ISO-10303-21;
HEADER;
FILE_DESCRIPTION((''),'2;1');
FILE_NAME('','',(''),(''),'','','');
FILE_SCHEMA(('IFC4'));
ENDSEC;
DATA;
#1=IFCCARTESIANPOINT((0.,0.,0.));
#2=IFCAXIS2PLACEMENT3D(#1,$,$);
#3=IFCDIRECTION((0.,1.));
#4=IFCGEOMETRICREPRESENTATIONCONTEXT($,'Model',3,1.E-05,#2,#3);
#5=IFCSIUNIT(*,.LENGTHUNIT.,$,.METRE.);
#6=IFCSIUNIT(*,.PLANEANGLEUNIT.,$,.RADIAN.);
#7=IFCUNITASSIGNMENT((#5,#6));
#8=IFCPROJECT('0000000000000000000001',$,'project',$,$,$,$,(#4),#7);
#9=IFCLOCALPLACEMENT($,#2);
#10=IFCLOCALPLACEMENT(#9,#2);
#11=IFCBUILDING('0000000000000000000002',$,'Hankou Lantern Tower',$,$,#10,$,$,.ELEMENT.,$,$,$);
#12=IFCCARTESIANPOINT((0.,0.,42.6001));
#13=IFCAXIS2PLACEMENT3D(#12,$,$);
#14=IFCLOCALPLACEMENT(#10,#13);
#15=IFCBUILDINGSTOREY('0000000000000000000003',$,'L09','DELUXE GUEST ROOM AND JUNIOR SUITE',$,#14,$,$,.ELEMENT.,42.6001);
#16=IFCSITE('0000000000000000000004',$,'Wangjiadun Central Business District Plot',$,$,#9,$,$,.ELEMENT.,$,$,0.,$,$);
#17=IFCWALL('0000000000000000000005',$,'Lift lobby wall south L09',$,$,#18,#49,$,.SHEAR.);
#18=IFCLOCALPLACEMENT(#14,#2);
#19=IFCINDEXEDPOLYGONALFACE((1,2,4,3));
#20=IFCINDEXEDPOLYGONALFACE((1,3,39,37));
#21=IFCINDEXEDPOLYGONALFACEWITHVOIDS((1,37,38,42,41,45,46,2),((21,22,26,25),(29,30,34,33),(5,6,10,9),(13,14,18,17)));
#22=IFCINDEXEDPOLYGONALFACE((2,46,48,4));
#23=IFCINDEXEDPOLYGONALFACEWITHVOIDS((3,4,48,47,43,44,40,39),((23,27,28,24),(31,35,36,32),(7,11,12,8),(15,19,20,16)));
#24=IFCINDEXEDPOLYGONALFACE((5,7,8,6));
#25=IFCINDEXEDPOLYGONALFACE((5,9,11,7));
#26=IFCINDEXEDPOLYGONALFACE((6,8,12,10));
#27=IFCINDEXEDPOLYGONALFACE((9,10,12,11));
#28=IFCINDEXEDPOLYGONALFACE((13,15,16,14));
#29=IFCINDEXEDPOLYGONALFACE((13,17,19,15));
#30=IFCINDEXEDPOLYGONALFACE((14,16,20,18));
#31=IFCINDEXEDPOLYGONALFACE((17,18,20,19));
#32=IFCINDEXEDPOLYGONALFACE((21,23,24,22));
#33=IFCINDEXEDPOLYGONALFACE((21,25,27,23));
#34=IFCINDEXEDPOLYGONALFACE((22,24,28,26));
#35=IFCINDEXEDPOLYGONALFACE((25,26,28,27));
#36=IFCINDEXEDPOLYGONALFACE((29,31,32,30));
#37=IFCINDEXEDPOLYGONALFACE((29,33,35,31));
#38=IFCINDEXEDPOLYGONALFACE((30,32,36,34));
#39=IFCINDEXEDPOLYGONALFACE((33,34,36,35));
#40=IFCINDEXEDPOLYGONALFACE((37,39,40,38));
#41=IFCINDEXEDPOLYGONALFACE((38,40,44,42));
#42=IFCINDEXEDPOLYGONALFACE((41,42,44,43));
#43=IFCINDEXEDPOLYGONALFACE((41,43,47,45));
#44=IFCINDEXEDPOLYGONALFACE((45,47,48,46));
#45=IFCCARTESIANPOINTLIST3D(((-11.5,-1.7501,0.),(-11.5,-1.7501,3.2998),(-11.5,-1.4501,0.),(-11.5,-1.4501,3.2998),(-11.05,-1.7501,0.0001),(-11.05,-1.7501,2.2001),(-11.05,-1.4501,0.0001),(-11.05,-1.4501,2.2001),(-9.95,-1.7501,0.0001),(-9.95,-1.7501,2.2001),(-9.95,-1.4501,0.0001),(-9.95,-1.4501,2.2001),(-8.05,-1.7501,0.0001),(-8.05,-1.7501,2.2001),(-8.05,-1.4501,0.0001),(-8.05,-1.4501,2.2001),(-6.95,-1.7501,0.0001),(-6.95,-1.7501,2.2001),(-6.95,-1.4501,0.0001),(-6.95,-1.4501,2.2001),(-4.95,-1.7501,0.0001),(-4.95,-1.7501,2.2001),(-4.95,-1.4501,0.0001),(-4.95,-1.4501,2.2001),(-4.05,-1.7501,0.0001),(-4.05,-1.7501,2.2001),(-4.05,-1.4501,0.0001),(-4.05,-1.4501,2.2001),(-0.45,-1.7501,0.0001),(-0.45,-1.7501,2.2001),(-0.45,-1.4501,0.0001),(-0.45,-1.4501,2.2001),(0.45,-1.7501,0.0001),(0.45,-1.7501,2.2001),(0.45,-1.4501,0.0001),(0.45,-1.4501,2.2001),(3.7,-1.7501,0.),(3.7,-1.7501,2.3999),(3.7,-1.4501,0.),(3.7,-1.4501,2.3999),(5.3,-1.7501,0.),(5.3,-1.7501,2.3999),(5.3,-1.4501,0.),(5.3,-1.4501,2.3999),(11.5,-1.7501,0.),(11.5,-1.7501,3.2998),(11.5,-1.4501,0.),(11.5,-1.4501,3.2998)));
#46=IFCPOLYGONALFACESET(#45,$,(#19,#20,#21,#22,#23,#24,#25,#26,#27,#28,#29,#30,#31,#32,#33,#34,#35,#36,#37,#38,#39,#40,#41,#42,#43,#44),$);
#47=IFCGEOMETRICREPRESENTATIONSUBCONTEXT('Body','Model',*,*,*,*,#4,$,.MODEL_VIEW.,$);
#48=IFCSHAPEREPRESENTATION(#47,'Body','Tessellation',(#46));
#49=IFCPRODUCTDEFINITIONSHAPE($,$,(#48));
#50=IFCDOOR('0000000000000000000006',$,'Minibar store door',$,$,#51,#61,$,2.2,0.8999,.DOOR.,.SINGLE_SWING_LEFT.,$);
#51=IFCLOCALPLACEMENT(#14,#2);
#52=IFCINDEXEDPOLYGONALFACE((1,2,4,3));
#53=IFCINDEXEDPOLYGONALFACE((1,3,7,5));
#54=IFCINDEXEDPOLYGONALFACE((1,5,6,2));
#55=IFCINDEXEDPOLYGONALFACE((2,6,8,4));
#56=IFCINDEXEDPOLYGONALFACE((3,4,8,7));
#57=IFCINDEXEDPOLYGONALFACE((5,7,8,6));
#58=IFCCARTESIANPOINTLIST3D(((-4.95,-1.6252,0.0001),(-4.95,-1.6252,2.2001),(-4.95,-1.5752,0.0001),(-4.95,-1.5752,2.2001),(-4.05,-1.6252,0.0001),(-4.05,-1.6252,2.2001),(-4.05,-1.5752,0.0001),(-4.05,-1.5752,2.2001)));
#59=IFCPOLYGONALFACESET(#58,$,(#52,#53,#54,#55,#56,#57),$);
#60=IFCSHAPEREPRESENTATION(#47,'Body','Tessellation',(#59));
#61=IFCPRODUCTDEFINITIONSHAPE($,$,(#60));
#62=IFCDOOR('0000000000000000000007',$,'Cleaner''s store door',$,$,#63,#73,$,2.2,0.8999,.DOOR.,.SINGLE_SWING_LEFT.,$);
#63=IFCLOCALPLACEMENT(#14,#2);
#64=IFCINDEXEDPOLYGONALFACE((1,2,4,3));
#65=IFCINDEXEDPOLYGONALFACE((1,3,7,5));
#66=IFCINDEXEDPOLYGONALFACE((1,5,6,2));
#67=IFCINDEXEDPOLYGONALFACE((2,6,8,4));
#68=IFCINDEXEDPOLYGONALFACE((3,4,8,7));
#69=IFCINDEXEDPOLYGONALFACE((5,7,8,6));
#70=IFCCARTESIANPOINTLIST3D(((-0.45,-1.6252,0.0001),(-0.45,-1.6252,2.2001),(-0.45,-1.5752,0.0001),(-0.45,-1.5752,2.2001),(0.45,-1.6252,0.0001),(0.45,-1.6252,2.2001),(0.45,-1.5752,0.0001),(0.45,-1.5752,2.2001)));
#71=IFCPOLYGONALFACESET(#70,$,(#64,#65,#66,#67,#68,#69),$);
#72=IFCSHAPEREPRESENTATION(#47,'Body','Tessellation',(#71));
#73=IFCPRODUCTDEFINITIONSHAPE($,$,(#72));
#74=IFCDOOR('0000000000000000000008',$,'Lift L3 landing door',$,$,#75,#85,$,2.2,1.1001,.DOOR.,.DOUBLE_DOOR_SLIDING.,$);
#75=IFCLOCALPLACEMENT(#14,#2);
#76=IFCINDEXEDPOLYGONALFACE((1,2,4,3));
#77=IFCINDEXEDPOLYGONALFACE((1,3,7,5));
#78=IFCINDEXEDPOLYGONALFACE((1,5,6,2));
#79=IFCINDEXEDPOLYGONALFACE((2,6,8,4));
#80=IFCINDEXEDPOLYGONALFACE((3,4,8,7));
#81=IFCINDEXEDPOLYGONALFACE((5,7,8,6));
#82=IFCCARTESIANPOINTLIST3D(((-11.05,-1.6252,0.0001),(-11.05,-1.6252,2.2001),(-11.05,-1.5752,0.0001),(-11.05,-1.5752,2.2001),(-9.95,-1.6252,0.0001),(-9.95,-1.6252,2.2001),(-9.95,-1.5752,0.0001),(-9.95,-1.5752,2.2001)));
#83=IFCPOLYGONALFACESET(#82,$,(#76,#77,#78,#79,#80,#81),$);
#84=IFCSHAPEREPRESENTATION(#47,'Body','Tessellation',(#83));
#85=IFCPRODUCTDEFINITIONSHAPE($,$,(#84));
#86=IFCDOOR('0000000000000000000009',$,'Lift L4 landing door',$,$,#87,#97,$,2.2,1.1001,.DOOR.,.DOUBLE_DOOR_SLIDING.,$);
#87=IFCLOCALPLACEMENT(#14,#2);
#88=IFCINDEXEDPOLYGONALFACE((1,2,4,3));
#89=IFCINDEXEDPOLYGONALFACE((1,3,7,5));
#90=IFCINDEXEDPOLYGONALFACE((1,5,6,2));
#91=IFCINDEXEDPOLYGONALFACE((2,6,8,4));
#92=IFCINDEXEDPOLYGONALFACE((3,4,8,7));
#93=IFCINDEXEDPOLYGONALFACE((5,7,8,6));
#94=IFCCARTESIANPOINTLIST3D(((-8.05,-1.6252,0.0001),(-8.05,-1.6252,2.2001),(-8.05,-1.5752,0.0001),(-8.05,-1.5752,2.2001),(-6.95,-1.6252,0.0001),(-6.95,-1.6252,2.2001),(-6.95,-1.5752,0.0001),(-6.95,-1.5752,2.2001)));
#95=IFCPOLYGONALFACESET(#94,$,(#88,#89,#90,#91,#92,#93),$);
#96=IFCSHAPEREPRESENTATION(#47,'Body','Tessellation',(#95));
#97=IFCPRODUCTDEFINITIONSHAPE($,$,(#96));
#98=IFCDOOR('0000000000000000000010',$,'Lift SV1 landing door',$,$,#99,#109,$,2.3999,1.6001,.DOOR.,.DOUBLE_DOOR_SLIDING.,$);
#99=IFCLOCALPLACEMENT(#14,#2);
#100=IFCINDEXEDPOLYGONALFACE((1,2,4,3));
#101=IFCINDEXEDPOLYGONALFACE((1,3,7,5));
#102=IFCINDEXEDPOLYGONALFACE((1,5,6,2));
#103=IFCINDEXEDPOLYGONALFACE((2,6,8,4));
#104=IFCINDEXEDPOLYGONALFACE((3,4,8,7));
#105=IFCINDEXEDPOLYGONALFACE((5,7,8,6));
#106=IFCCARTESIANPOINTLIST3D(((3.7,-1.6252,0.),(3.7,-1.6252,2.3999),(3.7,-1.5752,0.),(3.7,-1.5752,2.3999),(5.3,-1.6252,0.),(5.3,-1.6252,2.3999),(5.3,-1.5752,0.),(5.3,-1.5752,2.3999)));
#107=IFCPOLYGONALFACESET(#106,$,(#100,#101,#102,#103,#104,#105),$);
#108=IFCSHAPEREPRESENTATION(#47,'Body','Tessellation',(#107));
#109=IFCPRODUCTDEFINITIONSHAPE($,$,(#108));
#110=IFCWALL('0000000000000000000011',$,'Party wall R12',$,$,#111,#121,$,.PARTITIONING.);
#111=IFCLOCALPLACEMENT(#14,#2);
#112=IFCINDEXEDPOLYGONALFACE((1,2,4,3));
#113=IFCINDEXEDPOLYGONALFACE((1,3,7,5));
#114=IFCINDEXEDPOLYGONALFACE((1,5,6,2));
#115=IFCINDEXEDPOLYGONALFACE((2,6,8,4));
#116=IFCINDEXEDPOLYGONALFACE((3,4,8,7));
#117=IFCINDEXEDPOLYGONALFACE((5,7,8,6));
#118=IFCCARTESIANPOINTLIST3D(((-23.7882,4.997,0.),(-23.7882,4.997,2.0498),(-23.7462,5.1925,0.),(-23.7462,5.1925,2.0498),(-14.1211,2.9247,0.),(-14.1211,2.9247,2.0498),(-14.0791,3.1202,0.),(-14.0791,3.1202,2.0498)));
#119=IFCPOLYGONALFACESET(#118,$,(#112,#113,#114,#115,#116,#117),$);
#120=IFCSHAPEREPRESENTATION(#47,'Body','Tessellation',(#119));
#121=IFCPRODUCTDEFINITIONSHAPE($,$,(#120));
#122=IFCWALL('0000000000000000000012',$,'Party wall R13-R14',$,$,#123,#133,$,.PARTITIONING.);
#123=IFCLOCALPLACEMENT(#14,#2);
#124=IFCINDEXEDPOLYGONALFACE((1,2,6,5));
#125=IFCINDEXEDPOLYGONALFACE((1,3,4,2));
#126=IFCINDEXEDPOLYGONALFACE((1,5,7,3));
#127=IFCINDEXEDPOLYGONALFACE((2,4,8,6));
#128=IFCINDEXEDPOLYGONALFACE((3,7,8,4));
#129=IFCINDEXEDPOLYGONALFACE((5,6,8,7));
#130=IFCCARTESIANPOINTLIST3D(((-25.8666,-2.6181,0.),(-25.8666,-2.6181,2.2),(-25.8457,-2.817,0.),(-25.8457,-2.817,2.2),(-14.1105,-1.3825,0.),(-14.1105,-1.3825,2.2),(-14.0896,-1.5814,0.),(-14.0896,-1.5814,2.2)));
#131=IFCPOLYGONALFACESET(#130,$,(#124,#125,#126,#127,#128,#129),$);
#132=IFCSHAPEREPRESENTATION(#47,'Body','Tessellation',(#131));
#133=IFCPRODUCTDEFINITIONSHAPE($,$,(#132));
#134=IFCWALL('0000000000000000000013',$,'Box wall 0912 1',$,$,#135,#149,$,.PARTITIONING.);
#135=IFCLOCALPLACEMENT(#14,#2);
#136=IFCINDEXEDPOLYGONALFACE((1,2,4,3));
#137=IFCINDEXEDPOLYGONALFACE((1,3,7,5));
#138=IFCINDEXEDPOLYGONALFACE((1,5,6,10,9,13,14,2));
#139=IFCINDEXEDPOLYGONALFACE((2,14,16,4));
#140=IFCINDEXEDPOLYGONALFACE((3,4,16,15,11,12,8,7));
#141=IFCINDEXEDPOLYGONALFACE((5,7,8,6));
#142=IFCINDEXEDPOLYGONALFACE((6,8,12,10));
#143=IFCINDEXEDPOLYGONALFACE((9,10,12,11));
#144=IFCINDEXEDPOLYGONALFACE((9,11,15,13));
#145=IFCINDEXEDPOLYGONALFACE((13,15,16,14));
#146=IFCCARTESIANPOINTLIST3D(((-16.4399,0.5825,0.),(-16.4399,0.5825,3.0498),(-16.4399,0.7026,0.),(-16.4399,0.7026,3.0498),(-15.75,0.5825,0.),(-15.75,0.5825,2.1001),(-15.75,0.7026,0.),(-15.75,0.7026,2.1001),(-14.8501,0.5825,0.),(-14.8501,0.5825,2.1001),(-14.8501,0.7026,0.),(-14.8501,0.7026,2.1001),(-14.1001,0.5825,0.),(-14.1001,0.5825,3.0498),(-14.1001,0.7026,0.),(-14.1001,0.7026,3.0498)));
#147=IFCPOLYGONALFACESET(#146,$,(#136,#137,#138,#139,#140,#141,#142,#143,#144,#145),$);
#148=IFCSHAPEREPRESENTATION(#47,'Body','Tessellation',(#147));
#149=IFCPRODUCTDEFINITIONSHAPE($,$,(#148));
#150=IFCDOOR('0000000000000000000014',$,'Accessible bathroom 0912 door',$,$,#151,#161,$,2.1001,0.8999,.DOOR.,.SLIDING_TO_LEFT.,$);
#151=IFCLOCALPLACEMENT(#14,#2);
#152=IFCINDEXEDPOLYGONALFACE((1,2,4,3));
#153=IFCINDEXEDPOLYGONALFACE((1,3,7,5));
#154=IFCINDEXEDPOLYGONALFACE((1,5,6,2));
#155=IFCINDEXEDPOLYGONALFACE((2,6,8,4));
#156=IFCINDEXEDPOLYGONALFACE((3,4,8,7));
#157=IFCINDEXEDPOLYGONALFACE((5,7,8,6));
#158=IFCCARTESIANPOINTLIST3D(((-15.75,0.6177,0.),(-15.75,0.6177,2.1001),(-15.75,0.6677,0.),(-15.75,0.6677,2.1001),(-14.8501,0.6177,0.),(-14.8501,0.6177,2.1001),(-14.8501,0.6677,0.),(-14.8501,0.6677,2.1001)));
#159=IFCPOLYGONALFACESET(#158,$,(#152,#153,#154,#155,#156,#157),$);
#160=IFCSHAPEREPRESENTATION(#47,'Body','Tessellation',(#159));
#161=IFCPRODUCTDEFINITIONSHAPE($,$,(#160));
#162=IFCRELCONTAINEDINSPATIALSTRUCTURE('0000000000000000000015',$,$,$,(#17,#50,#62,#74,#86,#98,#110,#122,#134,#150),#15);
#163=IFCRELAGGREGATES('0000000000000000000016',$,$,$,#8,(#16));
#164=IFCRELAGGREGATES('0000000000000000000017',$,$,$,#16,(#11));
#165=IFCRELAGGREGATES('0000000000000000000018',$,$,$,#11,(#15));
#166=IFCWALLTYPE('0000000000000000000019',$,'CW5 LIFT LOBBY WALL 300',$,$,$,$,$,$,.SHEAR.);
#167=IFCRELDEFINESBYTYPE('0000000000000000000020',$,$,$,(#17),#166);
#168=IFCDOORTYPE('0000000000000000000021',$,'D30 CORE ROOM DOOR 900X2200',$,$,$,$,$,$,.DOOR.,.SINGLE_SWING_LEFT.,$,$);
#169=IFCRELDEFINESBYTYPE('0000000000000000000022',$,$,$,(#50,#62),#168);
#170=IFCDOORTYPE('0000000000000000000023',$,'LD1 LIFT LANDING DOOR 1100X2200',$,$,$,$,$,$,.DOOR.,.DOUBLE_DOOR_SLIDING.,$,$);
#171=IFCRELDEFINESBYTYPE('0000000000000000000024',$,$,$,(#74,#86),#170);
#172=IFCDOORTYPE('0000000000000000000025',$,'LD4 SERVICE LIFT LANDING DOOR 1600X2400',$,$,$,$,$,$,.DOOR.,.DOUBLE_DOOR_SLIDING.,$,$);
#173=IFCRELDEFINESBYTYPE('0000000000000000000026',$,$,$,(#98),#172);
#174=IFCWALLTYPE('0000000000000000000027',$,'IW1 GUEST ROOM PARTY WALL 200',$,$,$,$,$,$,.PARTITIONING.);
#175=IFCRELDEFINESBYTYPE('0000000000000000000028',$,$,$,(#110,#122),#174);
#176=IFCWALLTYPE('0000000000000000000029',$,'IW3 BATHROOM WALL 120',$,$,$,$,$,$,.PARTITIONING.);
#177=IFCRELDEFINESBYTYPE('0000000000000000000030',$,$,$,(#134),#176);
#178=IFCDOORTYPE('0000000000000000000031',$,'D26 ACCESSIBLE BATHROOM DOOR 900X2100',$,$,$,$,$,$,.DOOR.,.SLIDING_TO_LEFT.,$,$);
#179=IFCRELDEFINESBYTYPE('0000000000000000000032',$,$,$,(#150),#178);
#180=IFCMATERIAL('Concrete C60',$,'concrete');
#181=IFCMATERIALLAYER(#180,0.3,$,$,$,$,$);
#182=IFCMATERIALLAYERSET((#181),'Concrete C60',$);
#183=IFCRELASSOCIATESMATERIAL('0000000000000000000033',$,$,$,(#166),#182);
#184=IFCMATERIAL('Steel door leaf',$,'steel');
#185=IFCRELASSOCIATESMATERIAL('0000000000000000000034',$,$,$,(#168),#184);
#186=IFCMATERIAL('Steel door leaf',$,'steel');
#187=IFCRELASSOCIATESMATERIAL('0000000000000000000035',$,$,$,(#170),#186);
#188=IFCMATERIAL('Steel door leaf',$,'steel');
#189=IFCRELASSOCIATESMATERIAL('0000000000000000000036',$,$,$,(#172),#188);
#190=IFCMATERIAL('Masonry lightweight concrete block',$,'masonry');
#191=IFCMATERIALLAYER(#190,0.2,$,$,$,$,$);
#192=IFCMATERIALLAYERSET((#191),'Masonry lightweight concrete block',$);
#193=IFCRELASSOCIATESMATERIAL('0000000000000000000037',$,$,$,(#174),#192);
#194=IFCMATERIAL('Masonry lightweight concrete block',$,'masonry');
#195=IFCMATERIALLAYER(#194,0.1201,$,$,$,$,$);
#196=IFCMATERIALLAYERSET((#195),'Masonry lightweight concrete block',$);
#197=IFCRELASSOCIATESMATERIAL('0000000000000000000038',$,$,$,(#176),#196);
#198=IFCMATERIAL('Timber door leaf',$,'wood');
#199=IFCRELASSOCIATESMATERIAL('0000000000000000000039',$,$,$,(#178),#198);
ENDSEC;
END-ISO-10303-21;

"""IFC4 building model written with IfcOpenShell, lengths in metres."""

from ifc_helpers import new_model, si_unit, direction, frame, frame_2d, origin, place, context, subcontext, project, spatial, rectangle, extrude, material, layer, layer_set, type_object, element, fill, save


model = new_model("IFC4")

# Units and contexts
model_context = context("Model", 3, precision=1e-05, world=origin(), true_north=direction((0.0, 1.0)))
body_context = subcontext(model_context, "Body", "Model", "MODEL_VIEW")
ifc_project = project(units=[si_unit("LENGTHUNIT", "METRE"), si_unit("PLANEANGLEUNIT", "RADIAN")], contexts=[model_context])

# Site, building, storey
site_placement = place(None, origin())
site = spatial("IfcSite", under=ifc_project, at=site_placement, Name="Wangjiadun Central Business District Plot", CompositionType="ELEMENT", RefElevation=0.0)
building_placement = place(site_placement, origin())
building = spatial("IfcBuilding", under=site, at=building_placement, Name="Hankou Lantern Tower", CompositionType="ELEMENT")
storey_placement = place(building_placement, frame((0.0, 0.0, 42.6001)))
storey = spatial("IfcBuildingStorey", under=building, at=storey_placement, Name="L09", Description="DELUXE GUEST ROOM AND JUNIOR SUITE", CompositionType="ELEMENT", Elevation=42.6001)

# Wall, openings, doors
ifc_material_1 = material(Name="Concrete C60", Category="concrete")
ifc_layer_1 = layer(ifc_material_1, 0.3)
ifc_layer_set_1 = layer_set([ifc_layer_1], Name="Concrete C60")
wall_type_1 = type_object("IfcWallType", Name="CW5 LIFT LOBBY WALL 300", PredefinedType="SHEAR", material=ifc_layer_set_1)
ifc_material_2 = material(Name="Steel door leaf", Category="steel")
door_type_1 = type_object("IfcDoorType", Name="D30 CORE ROOM DOOR 900X2200", OperationType="SINGLE_SWING_LEFT", PredefinedType="DOOR", material=ifc_material_2)
ifc_material_3 = material(Name="Steel door leaf", Category="steel")
door_type_2 = type_object("IfcDoorType", Name="LD1 LIFT LANDING DOOR 1100X2200", OperationType="DOUBLE_DOOR_SLIDING", PredefinedType="DOOR", material=ifc_material_3)
wall_1_placement = place(storey_placement, frame((-11.5, -1.6001, 0.0), z_axis=(0.0, 0.0, 1.0), x_axis=(1.0, 0.0, 0.0)))
wall_1 = element("IfcWall", 1, at=wall_1_placement, inside=storey, type_object=wall_type_1, Name="Lift lobby wall south L09", PredefinedType="SHEAR", context=body_context, shape_type="SweptSolid", body=[
    extrude(rectangle(XDim=23.0, YDim=0.3, at=frame_2d((11.5, 0.0))), origin(), (0.0, 0.0, 1.0), 3.2998),
])
opening_1_placement = place(wall_1_placement, frame((0.45, 0.0, 0.0)))
opening_1 = element("IfcOpeningElement", 2, at=opening_1_placement, cuts=wall_1, PredefinedType="OPENING", context=body_context, shape_type="SweptSolid", body=[
    extrude(rectangle(XDim=1.1001, YDim=2.2, at=frame_2d((0.55, 1.1001))), frame((0.0, 0.1599, 0.0), z_axis=(0.0, -1.0, 0.0), x_axis=(1.0, 0.0, 0.0)), (0.0, 0.0, 1.0), 0.3201),
])
opening_2_placement = place(wall_1_placement, frame((3.45, 0.0, 0.0)))
opening_2 = element("IfcOpeningElement", 3, at=opening_2_placement, cuts=wall_1, PredefinedType="OPENING", context=body_context, shape_type="SweptSolid", body=[
    extrude(rectangle(XDim=1.1001, YDim=2.2, at=frame_2d((0.55, 1.1001))), frame((0.0, 0.1599, 0.0), z_axis=(0.0, -1.0, 0.0), x_axis=(1.0, 0.0, 0.0)), (0.0, 0.0, 1.0), 0.3201),
])
opening_3_placement = place(wall_1_placement, frame((15.2, 0.0, 0.0)))
opening_3 = element("IfcOpeningElement", 4, at=opening_3_placement, cuts=wall_1, PredefinedType="OPENING", context=body_context, shape_type="SweptSolid", body=[
    extrude(rectangle(XDim=1.6001, YDim=2.3999, at=frame_2d((0.8, 1.2))), frame((0.0, 0.1599, 0.0), z_axis=(0.0, -1.0, 0.0), x_axis=(1.0, 0.0, 0.0)), (0.0, 0.0, 1.0), 0.3201),
])
opening_4_placement = place(wall_1_placement, frame((6.55, 0.0, 0.0)))
opening_4 = element("IfcOpeningElement", 5, at=opening_4_placement, cuts=wall_1, PredefinedType="OPENING", context=body_context, shape_type="SweptSolid", body=[
    extrude(rectangle(XDim=0.8999, YDim=2.2, at=frame_2d((0.45, 1.1001))), frame((0.0, 0.1599, 0.0), z_axis=(0.0, -1.0, 0.0), x_axis=(1.0, 0.0, 0.0)), (0.0, 0.0, 1.0), 0.3201),
])
opening_5_placement = place(wall_1_placement, frame((11.05, 0.0, 0.0)))
opening_5 = element("IfcOpeningElement", 6, at=opening_5_placement, cuts=wall_1, PredefinedType="OPENING", context=body_context, shape_type="SweptSolid", body=[
    extrude(rectangle(XDim=0.8999, YDim=2.2, at=frame_2d((0.45, 1.1001))), frame((0.0, 0.1599, 0.0), z_axis=(0.0, -1.0, 0.0), x_axis=(1.0, 0.0, 0.0)), (0.0, 0.0, 1.0), 0.3201),
])
door_1_placement = place(opening_4_placement, origin())
door_1 = element("IfcDoor", 7, at=door_1_placement, inside=storey, type_object=door_type_1, Name="Minibar store door", OperationType="SINGLE_SWING_LEFT", OverallHeight=2.2, OverallWidth=0.8999, PredefinedType="DOOR", context=body_context, shape_type="SweptSolid", body=[
    extrude(rectangle(XDim=0.8999, YDim=2.2, at=frame_2d((0.45, 1.1001))), frame((0.0, 0.0249, 0.0), z_axis=(0.0, -1.0, 0.0), x_axis=(1.0, 0.0, 0.0)), (0.0, 0.0, 1.0), 0.05),
])
fill(opening_4, door_1)
door_2_placement = place(opening_5_placement, origin())
door_2 = element("IfcDoor", 8, at=door_2_placement, inside=storey, type_object=door_type_1, Name="Cleaner's store door", OperationType="SINGLE_SWING_LEFT", OverallHeight=2.2, OverallWidth=0.8999, PredefinedType="DOOR", context=body_context, shape_type="SweptSolid", body=[
    extrude(rectangle(XDim=0.8999, YDim=2.2, at=frame_2d((0.45, 1.1001))), frame((0.0, 0.0249, 0.0), z_axis=(0.0, -1.0, 0.0), x_axis=(1.0, 0.0, 0.0)), (0.0, 0.0, 1.0), 0.05),
])
fill(opening_5, door_2)
door_3_placement = place(opening_1_placement, origin())
door_3 = element("IfcDoor", 9, at=door_3_placement, inside=storey, type_object=door_type_2, Name="Lift L3 landing door", OperationType="DOUBLE_DOOR_SLIDING", OverallHeight=2.2, OverallWidth=1.1001, PredefinedType="DOOR", context=body_context, shape_type="SweptSolid", body=[
    extrude(rectangle(XDim=1.1001, YDim=2.2, at=frame_2d((0.55, 1.1001))), frame((0.0, 0.0249, 0.0), z_axis=(0.0, -1.0, 0.0), x_axis=(1.0, 0.0, 0.0)), (0.0, 0.0, 1.0), 0.05),
])
fill(opening_1, door_3)
door_4_placement = place(opening_2_placement, origin())
door_4 = element("IfcDoor", 10, at=door_4_placement, inside=storey, type_object=door_type_2, Name="Lift L4 landing door", OperationType="DOUBLE_DOOR_SLIDING", OverallHeight=2.2, OverallWidth=1.1001, PredefinedType="DOOR", context=body_context, shape_type="SweptSolid", body=[
    extrude(rectangle(XDim=1.1001, YDim=2.2, at=frame_2d((0.55, 1.1001))), frame((0.0, 0.0249, 0.0), z_axis=(0.0, -1.0, 0.0), x_axis=(1.0, 0.0, 0.0)), (0.0, 0.0, 1.0), 0.05),
])
fill(opening_2, door_4)
ifc_material_4 = material(Name="Steel door leaf", Category="steel")
door_type_3 = type_object("IfcDoorType", Name="LD4 SERVICE LIFT LANDING DOOR 1600X2400", OperationType="DOUBLE_DOOR_SLIDING", PredefinedType="DOOR", material=ifc_material_4)
door_5_placement = place(opening_3_placement, origin())
door_5 = element("IfcDoor", 11, at=door_5_placement, inside=storey, type_object=door_type_3, Name="Lift SV1 landing door", OperationType="DOUBLE_DOOR_SLIDING", OverallHeight=2.3999, OverallWidth=1.6001, PredefinedType="DOOR", context=body_context, shape_type="SweptSolid", body=[
    extrude(rectangle(XDim=1.6001, YDim=2.3999, at=frame_2d((0.8, 1.2))), frame((0.0, 0.0249, 0.0), z_axis=(0.0, -1.0, 0.0), x_axis=(1.0, 0.0, 0.0)), (0.0, 0.0, 1.0), 0.05),
])
fill(opening_3, door_5)

# Walls
ifc_material_5 = material(Name="Masonry lightweight concrete block", Category="masonry")
ifc_layer_2 = layer(ifc_material_5, 0.2)
ifc_layer_set_2 = layer_set([ifc_layer_2], Name="Masonry lightweight concrete block")
wall_type_2 = type_object("IfcWallType", Name="IW1 GUEST ROOM PARTY WALL 200", PredefinedType="PARTITIONING", material=ifc_layer_set_2)
wall_2_placement = place(storey_placement, frame((-14.1001, 3.0225, 0.0), z_axis=(0.0, 0.0, 1.0), x_axis=(-0.977787, 0.209603, 0.0)))
element("IfcWall", 12, at=wall_2_placement, inside=storey, type_object=wall_type_2, Name="Party wall R12", PredefinedType="PARTITIONING", context=body_context, shape_type="SweptSolid", body=[
    extrude(rectangle(XDim=9.8867, YDim=0.2, at=frame_2d((4.9434, 0.0))), origin(), (0.0, 0.0, 1.0), 2.0498),
])
wall_3_placement = place(storey_placement, frame((-14.1001, -1.4819, 0.0), z_axis=(0.0, 0.0, 1.0), x_axis=(-0.994522, -0.104527, 0.0)))
element("IfcWall", 13, at=wall_3_placement, inside=storey, type_object=wall_type_2, Name="Party wall R13-R14", PredefinedType="PARTITIONING", context=body_context, shape_type="SweptSolid", body=[
    extrude(rectangle(XDim=11.8208, YDim=0.2, at=frame_2d((5.9104, 0.0))), origin(), (0.0, 0.0, 1.0), 2.2),
])

# Wall, opening, door
ifc_material_6 = material(Name="Masonry lightweight concrete block", Category="masonry")
ifc_layer_3 = layer(ifc_material_6, 0.1201)
ifc_layer_set_3 = layer_set([ifc_layer_3], Name="Masonry lightweight concrete block")
wall_type_3 = type_object("IfcWallType", Name="IW3 BATHROOM WALL 120", PredefinedType="PARTITIONING", material=ifc_layer_set_3)
wall_4_placement = place(storey_placement, frame((-14.1001, 0.6426, 0.0), z_axis=(0.0, 0.0, 1.0), x_axis=(-1.0, 0.0, 0.0)))
wall_4 = element("IfcWall", 14, at=wall_4_placement, inside=storey, type_object=wall_type_3, Name="Box wall 0912 1", PredefinedType="PARTITIONING", context=body_context, shape_type="SweptSolid", body=[
    extrude(rectangle(XDim=2.3398, YDim=0.1201, at=frame_2d((1.1699, 0.0))), origin(), (0.0, 0.0, 1.0), 3.0498),
])
opening_6_placement = place(wall_4_placement, frame((0.75, 0.0, 0.0)))
opening_6 = element("IfcOpeningElement", 15, at=opening_6_placement, cuts=wall_4, PredefinedType="OPENING", context=body_context, shape_type="SweptSolid", body=[
    extrude(rectangle(XDim=0.8999, YDim=2.1001, at=frame_2d((0.45, 1.05))), frame((0.0, 0.0701, 0.0), z_axis=(0.0, -1.0, 0.0), x_axis=(1.0, 0.0, 0.0)), (0.0, 0.0, 1.0), 0.1401),
])
ifc_material_7 = material(Name="Timber door leaf", Category="wood")
door_type_4 = type_object("IfcDoorType", Name="D26 ACCESSIBLE BATHROOM DOOR 900X2100", OperationType="SLIDING_TO_LEFT", PredefinedType="DOOR", material=ifc_material_7)
door_6_placement = place(opening_6_placement, origin())
door_6 = element("IfcDoor", 16, at=door_6_placement, inside=storey, type_object=door_type_4, Name="Accessible bathroom 0912 door", OperationType="SLIDING_TO_LEFT", OverallHeight=2.1001, OverallWidth=0.8999, PredefinedType="DOOR", context=body_context, shape_type="SweptSolid", body=[
    extrude(rectangle(XDim=0.8999, YDim=2.1001, at=frame_2d((0.45, 1.05))), frame((0.0, 0.0249, 0.0), z_axis=(0.0, -1.0, 0.0), x_axis=(1.0, 0.0, 0.0)), (0.0, 0.0, 1.0), 0.05),
])
fill(opening_6, door_6)

save(model, "model.ifc")
